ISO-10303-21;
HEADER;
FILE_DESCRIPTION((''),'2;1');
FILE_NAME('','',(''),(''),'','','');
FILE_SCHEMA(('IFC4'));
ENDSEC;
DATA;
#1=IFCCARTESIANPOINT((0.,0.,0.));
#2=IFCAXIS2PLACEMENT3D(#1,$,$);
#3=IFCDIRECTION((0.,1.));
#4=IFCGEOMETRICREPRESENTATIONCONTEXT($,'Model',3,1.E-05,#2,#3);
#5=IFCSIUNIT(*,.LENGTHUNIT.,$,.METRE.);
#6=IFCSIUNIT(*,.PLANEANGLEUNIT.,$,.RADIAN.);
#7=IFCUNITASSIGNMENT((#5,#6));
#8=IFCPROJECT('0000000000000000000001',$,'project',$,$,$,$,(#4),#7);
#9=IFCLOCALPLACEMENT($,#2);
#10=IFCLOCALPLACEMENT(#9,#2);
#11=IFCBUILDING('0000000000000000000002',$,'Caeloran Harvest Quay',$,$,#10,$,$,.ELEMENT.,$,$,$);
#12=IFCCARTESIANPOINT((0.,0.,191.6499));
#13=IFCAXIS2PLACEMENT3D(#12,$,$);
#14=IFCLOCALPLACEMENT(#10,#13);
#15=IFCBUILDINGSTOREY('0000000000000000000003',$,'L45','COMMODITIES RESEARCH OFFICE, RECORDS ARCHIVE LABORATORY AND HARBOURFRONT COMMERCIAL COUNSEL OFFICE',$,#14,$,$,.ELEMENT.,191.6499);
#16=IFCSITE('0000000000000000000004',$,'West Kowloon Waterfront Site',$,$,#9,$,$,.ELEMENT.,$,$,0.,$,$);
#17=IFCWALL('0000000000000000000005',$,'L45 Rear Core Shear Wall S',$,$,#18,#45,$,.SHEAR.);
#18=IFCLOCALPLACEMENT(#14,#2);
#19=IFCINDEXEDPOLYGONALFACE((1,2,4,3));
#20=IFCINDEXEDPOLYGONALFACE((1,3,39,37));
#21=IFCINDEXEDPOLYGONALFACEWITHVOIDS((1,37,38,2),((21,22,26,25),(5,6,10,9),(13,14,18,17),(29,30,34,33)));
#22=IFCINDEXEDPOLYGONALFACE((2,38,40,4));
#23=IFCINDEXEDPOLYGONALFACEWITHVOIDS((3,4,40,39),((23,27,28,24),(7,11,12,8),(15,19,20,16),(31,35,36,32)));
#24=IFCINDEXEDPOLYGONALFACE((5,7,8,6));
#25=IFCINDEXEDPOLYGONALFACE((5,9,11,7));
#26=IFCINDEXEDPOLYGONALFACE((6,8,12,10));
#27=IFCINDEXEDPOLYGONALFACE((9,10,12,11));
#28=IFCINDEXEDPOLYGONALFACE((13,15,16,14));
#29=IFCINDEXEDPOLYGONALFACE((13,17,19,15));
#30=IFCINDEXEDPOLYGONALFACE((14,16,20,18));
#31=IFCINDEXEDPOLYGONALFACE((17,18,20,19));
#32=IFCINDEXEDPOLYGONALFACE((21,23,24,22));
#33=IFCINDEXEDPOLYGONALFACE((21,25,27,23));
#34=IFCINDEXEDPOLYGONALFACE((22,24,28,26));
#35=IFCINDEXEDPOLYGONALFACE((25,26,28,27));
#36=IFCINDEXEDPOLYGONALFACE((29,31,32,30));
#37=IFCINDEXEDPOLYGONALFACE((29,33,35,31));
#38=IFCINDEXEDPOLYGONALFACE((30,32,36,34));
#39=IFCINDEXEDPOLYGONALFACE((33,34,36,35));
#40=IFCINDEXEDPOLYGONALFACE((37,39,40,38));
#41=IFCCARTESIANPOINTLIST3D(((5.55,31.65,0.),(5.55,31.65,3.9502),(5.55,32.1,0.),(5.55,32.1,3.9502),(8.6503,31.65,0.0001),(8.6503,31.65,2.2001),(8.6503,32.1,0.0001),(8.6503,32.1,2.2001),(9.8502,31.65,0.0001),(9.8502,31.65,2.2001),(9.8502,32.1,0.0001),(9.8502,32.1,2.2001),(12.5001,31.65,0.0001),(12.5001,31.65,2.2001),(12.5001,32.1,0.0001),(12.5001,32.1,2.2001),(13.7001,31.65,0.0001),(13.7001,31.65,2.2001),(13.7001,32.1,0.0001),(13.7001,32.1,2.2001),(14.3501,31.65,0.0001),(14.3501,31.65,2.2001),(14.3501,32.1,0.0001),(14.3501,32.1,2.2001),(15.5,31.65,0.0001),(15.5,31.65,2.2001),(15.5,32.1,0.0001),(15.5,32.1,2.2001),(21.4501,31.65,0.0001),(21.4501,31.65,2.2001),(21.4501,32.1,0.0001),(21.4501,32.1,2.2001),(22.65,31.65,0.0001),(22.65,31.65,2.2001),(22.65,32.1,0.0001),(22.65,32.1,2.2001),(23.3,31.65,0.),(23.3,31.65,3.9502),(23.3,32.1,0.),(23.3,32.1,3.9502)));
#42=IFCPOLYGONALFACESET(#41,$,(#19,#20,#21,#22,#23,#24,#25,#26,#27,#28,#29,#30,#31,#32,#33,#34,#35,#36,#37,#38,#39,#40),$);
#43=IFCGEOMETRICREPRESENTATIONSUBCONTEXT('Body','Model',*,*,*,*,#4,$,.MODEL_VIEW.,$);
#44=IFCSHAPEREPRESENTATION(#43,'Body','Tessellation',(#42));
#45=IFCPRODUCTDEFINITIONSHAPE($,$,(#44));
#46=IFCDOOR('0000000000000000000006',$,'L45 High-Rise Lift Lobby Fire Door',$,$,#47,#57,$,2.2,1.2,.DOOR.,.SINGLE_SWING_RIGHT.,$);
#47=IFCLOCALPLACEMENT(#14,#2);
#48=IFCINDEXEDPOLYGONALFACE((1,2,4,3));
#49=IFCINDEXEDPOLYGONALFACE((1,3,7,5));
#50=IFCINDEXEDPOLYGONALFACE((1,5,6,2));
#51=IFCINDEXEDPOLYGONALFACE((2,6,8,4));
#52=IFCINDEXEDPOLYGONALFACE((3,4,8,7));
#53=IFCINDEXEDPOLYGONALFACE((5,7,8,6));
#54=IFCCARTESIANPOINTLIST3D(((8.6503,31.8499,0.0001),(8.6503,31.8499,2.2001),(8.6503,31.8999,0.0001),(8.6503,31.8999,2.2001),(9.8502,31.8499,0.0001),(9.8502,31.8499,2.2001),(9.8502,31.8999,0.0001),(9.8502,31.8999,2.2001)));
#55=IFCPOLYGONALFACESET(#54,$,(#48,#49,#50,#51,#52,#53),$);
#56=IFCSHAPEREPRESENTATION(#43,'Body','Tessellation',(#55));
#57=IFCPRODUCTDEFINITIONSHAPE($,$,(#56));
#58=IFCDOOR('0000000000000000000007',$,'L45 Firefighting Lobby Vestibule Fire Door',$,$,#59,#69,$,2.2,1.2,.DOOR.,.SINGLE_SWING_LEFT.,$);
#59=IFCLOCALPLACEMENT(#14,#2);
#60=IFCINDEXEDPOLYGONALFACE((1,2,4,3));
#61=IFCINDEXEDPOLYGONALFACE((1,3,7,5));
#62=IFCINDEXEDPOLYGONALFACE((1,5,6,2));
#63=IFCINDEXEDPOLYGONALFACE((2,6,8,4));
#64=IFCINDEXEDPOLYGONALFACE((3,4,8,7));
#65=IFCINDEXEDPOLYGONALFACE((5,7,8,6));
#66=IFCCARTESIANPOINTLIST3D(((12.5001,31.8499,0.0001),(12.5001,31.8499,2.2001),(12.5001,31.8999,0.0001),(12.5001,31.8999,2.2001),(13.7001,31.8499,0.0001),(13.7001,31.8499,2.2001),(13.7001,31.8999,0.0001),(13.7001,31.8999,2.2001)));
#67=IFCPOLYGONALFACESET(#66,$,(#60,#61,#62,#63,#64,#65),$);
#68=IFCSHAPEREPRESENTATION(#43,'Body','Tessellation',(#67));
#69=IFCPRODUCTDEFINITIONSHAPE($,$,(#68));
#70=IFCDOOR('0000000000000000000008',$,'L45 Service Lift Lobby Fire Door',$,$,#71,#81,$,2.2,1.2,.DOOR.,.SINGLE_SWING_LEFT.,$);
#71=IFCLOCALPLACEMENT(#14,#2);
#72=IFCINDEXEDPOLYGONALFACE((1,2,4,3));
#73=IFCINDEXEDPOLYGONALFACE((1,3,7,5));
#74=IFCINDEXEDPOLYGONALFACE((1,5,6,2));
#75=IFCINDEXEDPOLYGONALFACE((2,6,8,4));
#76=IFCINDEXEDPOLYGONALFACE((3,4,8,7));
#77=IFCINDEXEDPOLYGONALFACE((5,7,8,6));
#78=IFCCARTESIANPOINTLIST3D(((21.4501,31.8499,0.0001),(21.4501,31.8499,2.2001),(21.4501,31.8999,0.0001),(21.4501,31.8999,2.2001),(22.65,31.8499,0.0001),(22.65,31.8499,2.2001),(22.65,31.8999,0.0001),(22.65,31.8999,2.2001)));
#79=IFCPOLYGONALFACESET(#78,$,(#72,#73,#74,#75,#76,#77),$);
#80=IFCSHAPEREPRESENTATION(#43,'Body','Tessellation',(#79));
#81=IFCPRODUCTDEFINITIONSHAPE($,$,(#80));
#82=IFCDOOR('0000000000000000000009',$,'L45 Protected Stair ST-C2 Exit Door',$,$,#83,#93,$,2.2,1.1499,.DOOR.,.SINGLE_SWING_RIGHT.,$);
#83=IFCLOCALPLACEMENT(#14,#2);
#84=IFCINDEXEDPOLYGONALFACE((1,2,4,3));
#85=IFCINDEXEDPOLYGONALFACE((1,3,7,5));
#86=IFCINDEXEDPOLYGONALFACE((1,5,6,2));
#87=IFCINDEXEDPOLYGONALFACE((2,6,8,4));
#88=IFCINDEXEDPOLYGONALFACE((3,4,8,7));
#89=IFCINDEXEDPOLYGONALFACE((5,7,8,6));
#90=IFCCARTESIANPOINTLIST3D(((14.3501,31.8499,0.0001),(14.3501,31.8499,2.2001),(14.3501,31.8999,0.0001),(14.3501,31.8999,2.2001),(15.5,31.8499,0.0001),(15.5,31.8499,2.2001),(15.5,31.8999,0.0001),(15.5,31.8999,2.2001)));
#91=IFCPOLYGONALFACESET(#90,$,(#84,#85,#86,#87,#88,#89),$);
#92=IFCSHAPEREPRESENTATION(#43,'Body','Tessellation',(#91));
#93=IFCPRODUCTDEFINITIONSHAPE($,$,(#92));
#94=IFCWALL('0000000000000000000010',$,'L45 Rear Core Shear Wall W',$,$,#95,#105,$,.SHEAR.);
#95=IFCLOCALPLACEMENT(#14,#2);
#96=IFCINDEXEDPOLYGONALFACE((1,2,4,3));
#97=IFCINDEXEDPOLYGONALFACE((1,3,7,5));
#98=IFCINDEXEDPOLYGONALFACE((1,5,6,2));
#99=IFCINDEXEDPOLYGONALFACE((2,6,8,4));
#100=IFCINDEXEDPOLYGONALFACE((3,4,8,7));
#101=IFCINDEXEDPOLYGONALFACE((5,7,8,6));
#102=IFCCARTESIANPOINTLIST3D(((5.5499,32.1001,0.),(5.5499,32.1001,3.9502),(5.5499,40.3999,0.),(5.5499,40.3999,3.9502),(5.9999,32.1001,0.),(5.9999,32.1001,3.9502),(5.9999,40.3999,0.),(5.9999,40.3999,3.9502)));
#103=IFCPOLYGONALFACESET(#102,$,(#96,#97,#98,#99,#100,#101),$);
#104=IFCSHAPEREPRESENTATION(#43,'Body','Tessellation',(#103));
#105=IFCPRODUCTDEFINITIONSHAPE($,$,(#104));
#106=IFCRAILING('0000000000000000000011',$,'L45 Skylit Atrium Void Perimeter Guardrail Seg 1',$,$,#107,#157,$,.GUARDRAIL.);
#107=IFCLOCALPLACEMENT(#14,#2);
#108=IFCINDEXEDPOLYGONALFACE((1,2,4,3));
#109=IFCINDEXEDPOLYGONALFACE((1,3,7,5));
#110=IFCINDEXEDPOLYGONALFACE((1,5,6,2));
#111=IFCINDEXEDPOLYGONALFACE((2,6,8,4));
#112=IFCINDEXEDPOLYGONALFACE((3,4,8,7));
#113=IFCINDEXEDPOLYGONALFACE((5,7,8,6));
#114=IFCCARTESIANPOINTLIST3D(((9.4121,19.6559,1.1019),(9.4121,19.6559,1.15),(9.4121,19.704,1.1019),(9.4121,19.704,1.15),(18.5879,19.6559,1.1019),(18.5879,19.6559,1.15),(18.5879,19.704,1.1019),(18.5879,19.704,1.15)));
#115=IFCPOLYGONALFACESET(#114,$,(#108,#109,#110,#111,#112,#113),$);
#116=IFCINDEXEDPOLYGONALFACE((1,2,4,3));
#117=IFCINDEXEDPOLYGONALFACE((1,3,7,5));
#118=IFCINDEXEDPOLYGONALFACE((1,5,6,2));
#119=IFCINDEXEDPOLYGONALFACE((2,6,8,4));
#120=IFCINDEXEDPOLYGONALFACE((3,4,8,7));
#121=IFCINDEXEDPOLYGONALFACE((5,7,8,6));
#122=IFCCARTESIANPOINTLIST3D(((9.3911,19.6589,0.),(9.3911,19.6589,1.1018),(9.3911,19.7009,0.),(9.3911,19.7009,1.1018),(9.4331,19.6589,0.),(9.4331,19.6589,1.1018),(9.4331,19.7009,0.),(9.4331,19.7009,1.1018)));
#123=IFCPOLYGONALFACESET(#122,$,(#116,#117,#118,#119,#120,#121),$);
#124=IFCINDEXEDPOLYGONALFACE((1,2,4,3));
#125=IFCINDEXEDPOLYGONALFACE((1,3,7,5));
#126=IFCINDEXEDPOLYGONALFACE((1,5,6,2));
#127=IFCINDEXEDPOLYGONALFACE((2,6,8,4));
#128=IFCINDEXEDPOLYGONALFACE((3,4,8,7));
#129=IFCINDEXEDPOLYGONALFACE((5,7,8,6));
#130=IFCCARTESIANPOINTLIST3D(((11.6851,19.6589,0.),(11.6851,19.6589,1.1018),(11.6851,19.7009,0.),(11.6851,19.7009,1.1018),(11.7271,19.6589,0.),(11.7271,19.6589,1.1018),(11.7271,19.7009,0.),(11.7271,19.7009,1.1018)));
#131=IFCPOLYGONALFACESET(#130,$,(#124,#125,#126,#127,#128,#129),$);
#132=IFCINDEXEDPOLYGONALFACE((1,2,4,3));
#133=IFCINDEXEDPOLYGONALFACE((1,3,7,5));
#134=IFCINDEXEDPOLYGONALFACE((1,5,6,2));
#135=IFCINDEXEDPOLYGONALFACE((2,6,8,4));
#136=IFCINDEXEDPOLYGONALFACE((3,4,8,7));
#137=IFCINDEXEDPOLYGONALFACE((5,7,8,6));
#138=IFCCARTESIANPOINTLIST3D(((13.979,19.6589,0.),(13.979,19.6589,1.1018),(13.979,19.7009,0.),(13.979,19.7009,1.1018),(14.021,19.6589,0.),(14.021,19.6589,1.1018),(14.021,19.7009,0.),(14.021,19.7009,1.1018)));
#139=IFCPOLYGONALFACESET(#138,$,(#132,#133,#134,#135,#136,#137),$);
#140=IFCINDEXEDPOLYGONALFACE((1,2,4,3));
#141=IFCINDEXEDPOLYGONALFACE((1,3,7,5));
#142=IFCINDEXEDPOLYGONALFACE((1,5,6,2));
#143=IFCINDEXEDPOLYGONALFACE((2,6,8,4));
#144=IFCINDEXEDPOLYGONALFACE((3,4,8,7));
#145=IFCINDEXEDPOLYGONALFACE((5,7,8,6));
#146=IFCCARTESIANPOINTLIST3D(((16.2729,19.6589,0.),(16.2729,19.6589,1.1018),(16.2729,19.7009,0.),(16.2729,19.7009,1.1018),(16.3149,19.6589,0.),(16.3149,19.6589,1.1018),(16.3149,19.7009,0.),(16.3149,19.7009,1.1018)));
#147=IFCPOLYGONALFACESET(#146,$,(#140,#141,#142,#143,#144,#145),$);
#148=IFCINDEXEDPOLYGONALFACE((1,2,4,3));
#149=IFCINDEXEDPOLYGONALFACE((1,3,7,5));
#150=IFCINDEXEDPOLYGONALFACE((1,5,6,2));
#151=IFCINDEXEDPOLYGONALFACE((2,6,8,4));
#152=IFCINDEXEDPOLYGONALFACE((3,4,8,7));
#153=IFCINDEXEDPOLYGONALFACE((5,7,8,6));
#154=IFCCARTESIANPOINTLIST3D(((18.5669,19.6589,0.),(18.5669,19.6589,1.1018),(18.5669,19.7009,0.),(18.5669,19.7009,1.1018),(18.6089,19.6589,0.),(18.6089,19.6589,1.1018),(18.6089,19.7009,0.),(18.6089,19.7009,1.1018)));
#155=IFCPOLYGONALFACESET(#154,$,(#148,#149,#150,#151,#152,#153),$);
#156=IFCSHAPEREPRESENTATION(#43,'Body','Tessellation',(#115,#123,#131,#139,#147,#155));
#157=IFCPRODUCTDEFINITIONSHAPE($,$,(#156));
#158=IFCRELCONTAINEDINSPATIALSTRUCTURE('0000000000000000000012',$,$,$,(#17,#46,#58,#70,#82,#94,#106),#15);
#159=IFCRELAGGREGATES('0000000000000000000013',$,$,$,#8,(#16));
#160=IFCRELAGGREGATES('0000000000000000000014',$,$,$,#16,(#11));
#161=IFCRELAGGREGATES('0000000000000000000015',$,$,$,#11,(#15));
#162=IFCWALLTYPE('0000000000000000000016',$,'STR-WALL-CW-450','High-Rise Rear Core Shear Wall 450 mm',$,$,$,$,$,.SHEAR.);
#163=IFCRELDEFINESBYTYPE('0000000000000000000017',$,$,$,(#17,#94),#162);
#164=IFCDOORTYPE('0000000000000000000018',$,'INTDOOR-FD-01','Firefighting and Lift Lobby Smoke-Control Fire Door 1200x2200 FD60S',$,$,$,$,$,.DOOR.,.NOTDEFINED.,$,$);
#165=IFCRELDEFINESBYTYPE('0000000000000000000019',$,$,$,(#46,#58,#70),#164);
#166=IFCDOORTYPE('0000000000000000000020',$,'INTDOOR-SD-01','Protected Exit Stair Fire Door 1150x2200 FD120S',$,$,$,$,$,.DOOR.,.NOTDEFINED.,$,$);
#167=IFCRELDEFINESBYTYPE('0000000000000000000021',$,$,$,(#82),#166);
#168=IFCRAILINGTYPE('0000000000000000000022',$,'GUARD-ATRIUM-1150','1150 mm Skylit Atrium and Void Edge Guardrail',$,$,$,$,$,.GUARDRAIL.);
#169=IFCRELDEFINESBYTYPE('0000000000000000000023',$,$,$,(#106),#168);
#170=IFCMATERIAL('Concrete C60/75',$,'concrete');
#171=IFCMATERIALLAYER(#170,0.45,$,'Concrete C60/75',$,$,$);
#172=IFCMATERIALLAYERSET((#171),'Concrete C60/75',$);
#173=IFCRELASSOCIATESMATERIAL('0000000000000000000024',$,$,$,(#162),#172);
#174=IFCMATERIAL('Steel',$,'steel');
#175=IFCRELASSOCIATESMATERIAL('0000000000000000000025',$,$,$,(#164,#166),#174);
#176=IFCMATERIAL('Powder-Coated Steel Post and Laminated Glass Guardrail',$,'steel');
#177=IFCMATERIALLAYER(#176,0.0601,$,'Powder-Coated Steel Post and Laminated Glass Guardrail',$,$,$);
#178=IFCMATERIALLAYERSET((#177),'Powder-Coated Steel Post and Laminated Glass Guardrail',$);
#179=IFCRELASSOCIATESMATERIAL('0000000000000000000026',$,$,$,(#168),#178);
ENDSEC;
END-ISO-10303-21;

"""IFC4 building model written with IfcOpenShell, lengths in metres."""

from ifc_helpers import new_model, si_unit, direction, frame, frame_2d, origin, origin_2d, place, context, subcontext, project, spatial, rectangle, extrude, material, layer, layer_set, type_object, element, fill, save


model = new_model("IFC4")

# Units and contexts
model_context = context("Model", 3, precision=1e-05, world=origin(), true_north=direction((0.0, 1.0)))
body_context = subcontext(model_context, "Body", "Model", "MODEL_VIEW")
ifc_project = project(units=[si_unit("LENGTHUNIT", "METRE"), si_unit("PLANEANGLEUNIT", "RADIAN")], contexts=[model_context])

# Site, building, storey
site_placement = place(None, origin())
site = spatial("IfcSite", under=ifc_project, at=site_placement, Name="West Kowloon Waterfront Site", CompositionType="ELEMENT", RefElevation=0.0)
building_placement = place(site_placement, origin())
building = spatial("IfcBuilding", under=site, at=building_placement, Name="Caeloran Harvest Quay", CompositionType="ELEMENT")
storey_placement = place(building_placement, frame((0.0, 0.0, 191.6499)))
storey = spatial("IfcBuildingStorey", under=building, at=storey_placement, Name="L45", Description="COMMODITIES RESEARCH OFFICE, RECORDS ARCHIVE LABORATORY AND HARBOURFRONT COMMERCIAL COUNSEL OFFICE", CompositionType="ELEMENT", Elevation=191.6499)

# Shared definitions
ifc_material_1 = material(Name="Concrete C60/75", Category="concrete")

# Wall, openings, doors
ifc_layer_1 = layer(ifc_material_1, 0.45, Name="Concrete C60/75")
ifc_layer_set_1 = layer_set([ifc_layer_1], Name="Concrete C60/75")
wall_type_1 = type_object("IfcWallType", Name="STR-WALL-CW-450", Description="High-Rise Rear Core Shear Wall 450 mm", PredefinedType="SHEAR", material=ifc_layer_set_1)
wall_1_placement = place(storey_placement, frame((5.55, 31.875, 0.0), z_axis=(0.0, 0.0, 1.0), x_axis=(1.0, 0.0, 0.0)))
wall_1 = element("IfcWall", 1, at=wall_1_placement, inside=storey, type_object=wall_type_1, Name="L45 Rear Core Shear Wall S", PredefinedType="SHEAR", context=body_context, shape_type="SweptSolid", body=[
    extrude(rectangle(XDim=17.75, YDim=0.45, at=frame_2d((8.875, 0.0))), origin(), (0.0, 0.0, 1.0), 3.9502),
])
opening_1_placement = place(wall_1_placement, frame((3.1001, 0.0, 0.0)))
opening_1 = element("IfcOpeningElement", 2, at=opening_1_placement, cuts=wall_1, PredefinedType="OPENING", context=body_context, shape_type="SweptSolid", body=[
    extrude(rectangle(XDim=1.2, YDim=2.2, at=frame_2d((0.6001, 1.1001))), frame((0.0, 0.2349, 0.0), z_axis=(0.0, -1.0, 0.0), x_axis=(1.0, 0.0, 0.0)), (0.0, 0.0, 1.0), 0.47),
])
opening_2_placement = place(wall_1_placement, frame((6.95, 0.0, 0.0)))
opening_2 = element("IfcOpeningElement", 3, at=opening_2_placement, cuts=wall_1, PredefinedType="OPENING", context=body_context, shape_type="SweptSolid", body=[
    extrude(rectangle(XDim=1.2, YDim=2.2, at=frame_2d((0.6001, 1.1001))), frame((0.0, 0.2349, 0.0), z_axis=(0.0, -1.0, 0.0), x_axis=(1.0, 0.0, 0.0)), (0.0, 0.0, 1.0), 0.47),
])
opening_3_placement = place(wall_1_placement, frame((8.8, 0.0, 0.0)))
opening_3 = element("IfcOpeningElement", 4, at=opening_3_placement, cuts=wall_1, PredefinedType="OPENING", context=body_context, shape_type="SweptSolid", body=[
    extrude(rectangle(XDim=1.1499, YDim=2.2, at=frame_2d((0.575, 1.1001))), frame((0.0, 0.2349, 0.0), z_axis=(0.0, -1.0, 0.0), x_axis=(1.0, 0.0, 0.0)), (0.0, 0.0, 1.0), 0.47),
])
opening_4_placement = place(wall_1_placement, frame((15.8999, 0.0, 0.0)))
opening_4 = element("IfcOpeningElement", 5, at=opening_4_placement, cuts=wall_1, PredefinedType="OPENING", context=body_context, shape_type="SweptSolid", body=[
    extrude(rectangle(XDim=1.2, YDim=2.2, at=frame_2d((0.6001, 1.1001))), frame((0.0, 0.2349, 0.0), z_axis=(0.0, -1.0, 0.0), x_axis=(1.0, 0.0, 0.0)), (0.0, 0.0, 1.0), 0.47),
])
ifc_material_2 = material(Name="Steel", Category="steel")
door_type_1 = type_object("IfcDoorType", Name="INTDOOR-FD-01", Description="Firefighting and Lift Lobby Smoke-Control Fire Door 1200x2200 FD60S", OperationType="NOTDEFINED", PredefinedType="DOOR", material=ifc_material_2)
door_1_placement = place(opening_1_placement, origin())
door_1 = element("IfcDoor", 6, at=door_1_placement, inside=storey, type_object=door_type_1, Name="L45 High-Rise Lift Lobby Fire Door", OperationType="SINGLE_SWING_RIGHT", OverallHeight=2.2, OverallWidth=1.2, PredefinedType="DOOR", context=body_context, shape_type="SweptSolid", body=[
    extrude(rectangle(XDim=1.2, YDim=2.2, at=frame_2d((0.6001, 1.1001))), frame((0.0, 0.0249, 0.0), z_axis=(0.0, -1.0, 0.0), x_axis=(1.0, 0.0, 0.0)), (0.0, 0.0, 1.0), 0.05),
])
fill(opening_1, door_1)
door_2_placement = place(opening_2_placement, origin())
door_2 = element("IfcDoor", 7, at=door_2_placement, inside=storey, type_object=door_type_1, Name="L45 Firefighting Lobby Vestibule Fire Door", OperationType="SINGLE_SWING_LEFT", OverallHeight=2.2, OverallWidth=1.2, PredefinedType="DOOR", context=body_context, shape_type="SweptSolid", body=[
    extrude(rectangle(XDim=1.2, YDim=2.2, at=frame_2d((0.6001, 1.1001))), frame((0.0, 0.0249, 0.0), z_axis=(0.0, -1.0, 0.0), x_axis=(1.0, 0.0, 0.0)), (0.0, 0.0, 1.0), 0.05),
])
fill(opening_2, door_2)
door_3_placement = place(opening_4_placement, origin())
door_3 = element("IfcDoor", 8, at=door_3_placement, inside=storey, type_object=door_type_1, Name="L45 Service Lift Lobby Fire Door", OperationType="SINGLE_SWING_LEFT", OverallHeight=2.2, OverallWidth=1.2, PredefinedType="DOOR", context=body_context, shape_type="SweptSolid", body=[
    extrude(rectangle(XDim=1.2, YDim=2.2, at=frame_2d((0.6001, 1.1001))), frame((0.0, 0.0249, 0.0), z_axis=(0.0, -1.0, 0.0), x_axis=(1.0, 0.0, 0.0)), (0.0, 0.0, 1.0), 0.05),
])
fill(opening_4, door_3)
door_type_2 = type_object("IfcDoorType", Name="INTDOOR-SD-01", Description="Protected Exit Stair Fire Door 1150x2200 FD120S", OperationType="NOTDEFINED", PredefinedType="DOOR", material=ifc_material_2)
door_4_placement = place(opening_3_placement, origin())
door_4 = element("IfcDoor", 9, at=door_4_placement, inside=storey, type_object=door_type_2, Name="L45 Protected Stair ST-C2 Exit Door", OperationType="SINGLE_SWING_RIGHT", OverallHeight=2.2, OverallWidth=1.1499, PredefinedType="DOOR", context=body_context, shape_type="SweptSolid", body=[
    extrude(rectangle(XDim=1.1499, YDim=2.2, at=frame_2d((0.575, 1.1001))), frame((0.0, 0.0249, 0.0), z_axis=(0.0, -1.0, 0.0), x_axis=(1.0, 0.0, 0.0)), (0.0, 0.0, 1.0), 0.05),
])
fill(opening_3, door_4)

# Wall
wall_2_placement = place(storey_placement, frame((5.7749, 32.1001, 0.0), z_axis=(0.0, 0.0, 1.0), x_axis=(0.0, 1.0, 0.0)))
element("IfcWall", 10, at=wall_2_placement, inside=storey, type_object=wall_type_1, Name="L45 Rear Core Shear Wall W", PredefinedType="SHEAR", context=body_context, shape_type="SweptSolid", body=[
    extrude(rectangle(XDim=8.2998, YDim=0.45, at=frame_2d((4.1499, 0.0))), origin(), (0.0, 0.0, 1.0), 3.9502),
])

# Railing
ifc_material_3 = material(Name="Powder-Coated Steel Post and Laminated Glass Guardrail", Category="steel")
ifc_layer_2 = layer(ifc_material_3, 0.0601, Name="Powder-Coated Steel Post and Laminated Glass Guardrail")
ifc_layer_set_2 = layer_set([ifc_layer_2], Name="Powder-Coated Steel Post and Laminated Glass Guardrail")
railing_type = type_object("IfcRailingType", Name="GUARD-ATRIUM-1150", Description="1150 mm Skylit Atrium and Void Edge Guardrail", PredefinedType="GUARDRAIL", material=ifc_layer_set_2)
railing_1_placement = place(storey_placement, frame((9.4121, 19.6799, 0.0)))
element("IfcRailing", 11, at=railing_1_placement, inside=storey, type_object=railing_type, Name="L45 Skylit Atrium Void Perimeter Guardrail Seg 1", PredefinedType="GUARDRAIL", context=body_context, shape_type="SweptSolid", body=[
    extrude(rectangle(XDim=0.0481, YDim=0.0481, at=origin_2d()), frame((0.0, 0.0, 1.126), z_axis=(1.0, 0.0, 0.0), x_axis=(0.0, 1.0, 0.0)), (0.0, 0.0, 1.0), 9.1758),
    extrude(rectangle(XDim=0.042, YDim=0.042, at=origin_2d()), origin(), (0.0, 0.0, 1.0), 1.1018),
    extrude(rectangle(XDim=0.042, YDim=0.042, at=origin_2d()), frame((2.2939, 0.0, 0.0)), (0.0, 0.0, 1.0), 1.1018),
    extrude(rectangle(XDim=0.042, YDim=0.042, at=origin_2d()), frame((4.5879, 0.0, 0.0)), (0.0, 0.0, 1.0), 1.1018),
    extrude(rectangle(XDim=0.042, YDim=0.042, at=origin_2d()), frame((6.8818, 0.0, 0.0)), (0.0, 0.0, 1.0), 1.1018),
    extrude(rectangle(XDim=0.042, YDim=0.042, at=origin_2d()), frame((9.1758, 0.0, 0.0)), (0.0, 0.0, 1.0), 1.1018),
])

save(model, "model.ifc")
